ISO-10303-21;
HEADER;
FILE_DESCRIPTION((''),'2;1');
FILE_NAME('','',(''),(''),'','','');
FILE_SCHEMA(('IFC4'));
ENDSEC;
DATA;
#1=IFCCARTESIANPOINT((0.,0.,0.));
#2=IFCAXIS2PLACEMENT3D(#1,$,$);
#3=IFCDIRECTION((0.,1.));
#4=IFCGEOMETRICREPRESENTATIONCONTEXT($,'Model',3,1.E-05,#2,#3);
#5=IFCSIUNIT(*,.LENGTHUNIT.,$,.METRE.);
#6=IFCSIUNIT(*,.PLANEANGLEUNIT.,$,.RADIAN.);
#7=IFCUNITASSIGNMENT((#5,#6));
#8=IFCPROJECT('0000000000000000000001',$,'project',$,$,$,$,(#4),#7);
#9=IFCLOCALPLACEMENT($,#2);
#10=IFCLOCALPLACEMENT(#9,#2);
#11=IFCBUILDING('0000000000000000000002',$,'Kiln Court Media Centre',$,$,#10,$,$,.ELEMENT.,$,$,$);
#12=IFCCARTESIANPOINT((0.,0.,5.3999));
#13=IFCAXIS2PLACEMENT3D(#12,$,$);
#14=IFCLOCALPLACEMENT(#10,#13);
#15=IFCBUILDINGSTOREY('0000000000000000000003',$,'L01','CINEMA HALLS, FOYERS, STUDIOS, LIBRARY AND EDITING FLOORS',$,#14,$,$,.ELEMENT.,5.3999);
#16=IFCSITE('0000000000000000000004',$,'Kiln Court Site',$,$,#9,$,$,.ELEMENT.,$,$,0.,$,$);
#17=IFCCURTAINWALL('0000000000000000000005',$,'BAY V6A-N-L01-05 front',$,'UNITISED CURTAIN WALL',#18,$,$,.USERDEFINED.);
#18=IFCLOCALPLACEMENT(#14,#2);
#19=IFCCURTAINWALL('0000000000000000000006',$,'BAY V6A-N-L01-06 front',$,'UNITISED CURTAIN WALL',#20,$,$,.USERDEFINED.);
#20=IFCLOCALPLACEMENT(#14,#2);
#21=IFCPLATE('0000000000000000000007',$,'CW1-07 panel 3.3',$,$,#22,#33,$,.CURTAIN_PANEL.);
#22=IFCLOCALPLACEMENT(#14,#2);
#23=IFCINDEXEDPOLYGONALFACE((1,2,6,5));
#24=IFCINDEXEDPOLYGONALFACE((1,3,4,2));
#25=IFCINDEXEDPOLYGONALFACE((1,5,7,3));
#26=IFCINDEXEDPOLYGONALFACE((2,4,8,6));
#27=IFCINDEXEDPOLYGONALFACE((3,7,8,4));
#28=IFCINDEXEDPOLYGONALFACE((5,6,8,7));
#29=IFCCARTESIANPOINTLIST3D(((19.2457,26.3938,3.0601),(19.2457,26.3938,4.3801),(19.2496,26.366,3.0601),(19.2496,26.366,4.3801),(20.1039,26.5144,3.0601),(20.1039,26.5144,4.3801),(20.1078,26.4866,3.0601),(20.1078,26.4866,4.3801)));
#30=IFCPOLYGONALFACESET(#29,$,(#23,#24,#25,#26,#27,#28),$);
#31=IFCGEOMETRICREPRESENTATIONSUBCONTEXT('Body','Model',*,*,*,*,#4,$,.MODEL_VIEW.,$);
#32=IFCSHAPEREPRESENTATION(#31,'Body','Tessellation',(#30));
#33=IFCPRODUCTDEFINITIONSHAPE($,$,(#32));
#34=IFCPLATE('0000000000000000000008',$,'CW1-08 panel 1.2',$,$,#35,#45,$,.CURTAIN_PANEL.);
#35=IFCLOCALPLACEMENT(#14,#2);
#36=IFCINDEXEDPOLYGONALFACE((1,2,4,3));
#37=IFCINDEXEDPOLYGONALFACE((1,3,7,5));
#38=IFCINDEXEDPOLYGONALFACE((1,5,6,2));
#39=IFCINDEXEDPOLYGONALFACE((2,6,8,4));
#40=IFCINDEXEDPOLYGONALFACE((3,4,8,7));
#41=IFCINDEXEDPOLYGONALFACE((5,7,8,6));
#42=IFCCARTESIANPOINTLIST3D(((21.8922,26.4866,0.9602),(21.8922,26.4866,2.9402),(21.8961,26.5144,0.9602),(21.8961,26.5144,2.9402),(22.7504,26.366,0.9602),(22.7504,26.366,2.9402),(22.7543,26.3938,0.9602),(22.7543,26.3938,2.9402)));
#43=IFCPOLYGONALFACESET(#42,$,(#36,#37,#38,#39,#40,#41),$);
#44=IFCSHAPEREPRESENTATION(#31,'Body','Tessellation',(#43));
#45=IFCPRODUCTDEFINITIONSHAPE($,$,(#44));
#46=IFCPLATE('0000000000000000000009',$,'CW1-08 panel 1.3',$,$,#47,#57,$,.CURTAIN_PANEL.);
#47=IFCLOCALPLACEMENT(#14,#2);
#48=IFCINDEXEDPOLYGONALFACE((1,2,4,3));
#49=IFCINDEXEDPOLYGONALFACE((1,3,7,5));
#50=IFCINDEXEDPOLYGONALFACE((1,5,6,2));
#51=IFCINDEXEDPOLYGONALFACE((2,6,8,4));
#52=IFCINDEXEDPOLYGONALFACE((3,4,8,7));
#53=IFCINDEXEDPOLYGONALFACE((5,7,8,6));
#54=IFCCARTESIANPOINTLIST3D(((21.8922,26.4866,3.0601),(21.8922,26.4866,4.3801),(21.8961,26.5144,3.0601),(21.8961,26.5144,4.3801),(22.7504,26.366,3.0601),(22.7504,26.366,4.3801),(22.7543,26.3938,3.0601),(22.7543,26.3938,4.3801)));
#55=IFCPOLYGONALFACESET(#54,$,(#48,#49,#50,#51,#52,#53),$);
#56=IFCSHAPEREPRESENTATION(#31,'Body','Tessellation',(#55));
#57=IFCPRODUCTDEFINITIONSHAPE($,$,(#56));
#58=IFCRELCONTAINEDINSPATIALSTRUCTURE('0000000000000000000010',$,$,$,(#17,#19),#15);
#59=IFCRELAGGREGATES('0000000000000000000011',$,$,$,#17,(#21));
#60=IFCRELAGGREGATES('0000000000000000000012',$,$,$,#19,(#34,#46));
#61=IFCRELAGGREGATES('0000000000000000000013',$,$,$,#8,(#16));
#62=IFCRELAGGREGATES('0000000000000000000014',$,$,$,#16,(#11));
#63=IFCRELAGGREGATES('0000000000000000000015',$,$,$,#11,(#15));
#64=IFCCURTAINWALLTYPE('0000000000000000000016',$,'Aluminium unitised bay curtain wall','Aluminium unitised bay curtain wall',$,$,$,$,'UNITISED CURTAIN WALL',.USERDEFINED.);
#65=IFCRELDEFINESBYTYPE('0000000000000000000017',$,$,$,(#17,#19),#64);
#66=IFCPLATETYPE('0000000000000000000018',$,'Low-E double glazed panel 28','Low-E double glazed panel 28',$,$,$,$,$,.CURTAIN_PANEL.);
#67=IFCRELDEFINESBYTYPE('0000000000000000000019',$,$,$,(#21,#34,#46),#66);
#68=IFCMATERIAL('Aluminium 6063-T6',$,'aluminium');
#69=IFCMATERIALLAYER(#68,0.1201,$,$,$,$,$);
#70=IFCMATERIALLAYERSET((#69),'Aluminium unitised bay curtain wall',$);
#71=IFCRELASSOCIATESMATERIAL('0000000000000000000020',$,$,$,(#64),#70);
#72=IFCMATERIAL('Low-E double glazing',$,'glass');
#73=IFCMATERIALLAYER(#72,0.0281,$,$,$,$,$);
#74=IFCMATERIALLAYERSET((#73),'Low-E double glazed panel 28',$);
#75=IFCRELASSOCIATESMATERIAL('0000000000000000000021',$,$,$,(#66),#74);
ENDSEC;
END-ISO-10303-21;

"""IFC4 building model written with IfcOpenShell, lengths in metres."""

from ifc_helpers import new_model, si_unit, direction, frame, origin, origin_2d, place, context, subcontext, project, spatial, rectangle, extrude, material, layer, layer_set, type_object, element, aggregate, save


model = new_model("IFC4")

# Units and contexts
model_context = context("Model", 3, precision=1e-05, world=origin(), true_north=direction((0.0, 1.0)))
body_context = subcontext(model_context, "Body", "Model", "MODEL_VIEW")
ifc_project = project(units=[si_unit("LENGTHUNIT", "METRE"), si_unit("PLANEANGLEUNIT", "RADIAN")], contexts=[model_context])

# Site, building, storey
site_placement = place(None, origin())
site = spatial("IfcSite", under=ifc_project, at=site_placement, Name="Kiln Court Site", CompositionType="ELEMENT", RefElevation=0.0)
building_placement = place(site_placement, origin())
building = spatial("IfcBuilding", under=site, at=building_placement, Name="Kiln Court Media Centre", CompositionType="ELEMENT")
storey_placement = place(building_placement, frame((0.0, 0.0, 5.3999)))
storey = spatial("IfcBuildingStorey", under=building, at=storey_placement, Name="L01", Description="CINEMA HALLS, FOYERS, STUDIOS, LIBRARY AND EDITING FLOORS", CompositionType="ELEMENT", Elevation=5.3999)

# Shared definitions
ifc_material_1 = material(Name="Aluminium 6063-T6", Category="aluminium")
ifc_layer_1 = layer(ifc_material_1, 0.1201)
ifc_layer_set_1 = layer_set([ifc_layer_1], Name="Aluminium unitised bay curtain wall")
curtain_wall_type = type_object("IfcCurtainWallType", Name="Aluminium unitised bay curtain wall", Description="Aluminium unitised bay curtain wall", ElementType="UNITISED CURTAIN WALL", PredefinedType="USERDEFINED", material=ifc_layer_set_1)

# Curtain walls
curtain_wall_1_placement = place(storey_placement, origin())
curtain_wall_1 = element("IfcCurtainWall", 1, at=curtain_wall_1_placement, inside=storey, type_object=curtain_wall_type, Name="BAY V6A-N-L01-05 front", ObjectType="UNITISED CURTAIN WALL", PredefinedType="USERDEFINED")
curtain_wall_2_placement = place(storey_placement, origin())
curtain_wall_2 = element("IfcCurtainWall", 2, at=curtain_wall_2_placement, inside=storey, type_object=curtain_wall_type, Name="BAY V6A-N-L01-06 front", ObjectType="UNITISED CURTAIN WALL", PredefinedType="USERDEFINED")

# Plates
ifc_material_2 = material(Name="Low-E double glazing", Category="glass")
ifc_layer_2 = layer(ifc_material_2, 0.0281)
ifc_layer_set_2 = layer_set([ifc_layer_2], Name="Low-E double glazed panel 28")
plate_type_1 = type_object("IfcPlateType", Name="Low-E double glazed panel 28", Description="Low-E double glazed panel 28", PredefinedType="CURTAIN_PANEL", material=ifc_layer_set_2)
plate_1_placement = place(storey_placement, frame((19.6768, 26.4402, 3.0601), z_axis=(0.0, 0.0, 1.0), x_axis=(0.99027, 0.139162, 0.0)))
plate_1 = element("IfcPlate", 3, at=plate_1_placement, type_object=plate_type_1, Name="CW1-07 panel 3.3", PredefinedType="CURTAIN_PANEL", context=body_context, shape_type="SweptSolid", body=[
    extrude(rectangle(XDim=0.8667, YDim=0.0281, at=origin_2d()), origin(), (0.0, 0.0, 1.0), 1.3201),
])
aggregate(curtain_wall_1, [plate_1])
plate_2_placement = place(storey_placement, frame((22.3232, 26.4402, 0.9602), z_axis=(0.0, 0.0, 1.0), x_axis=(0.99027, -0.139162, 0.0)))
plate_2 = element("IfcPlate", 4, at=plate_2_placement, type_object=plate_type_1, Name="CW1-08 panel 1.2", PredefinedType="CURTAIN_PANEL", context=body_context, shape_type="SweptSolid", body=[
    extrude(rectangle(XDim=0.8667, YDim=0.0281, at=origin_2d()), origin(), (0.0, 0.0, 1.0), 1.98),
])
plate_3_placement = place(storey_placement, frame((22.3232, 26.4402, 3.0601), z_axis=(0.0, 0.0, 1.0), x_axis=(0.99027, -0.139162, 0.0)))
plate_3 = element("IfcPlate", 5, at=plate_3_placement, type_object=plate_type_1, Name="CW1-08 panel 1.3", PredefinedType="CURTAIN_PANEL", context=body_context, shape_type="SweptSolid", body=[
    extrude(rectangle(XDim=0.8667, YDim=0.0281, at=origin_2d()), origin(), (0.0, 0.0, 1.0), 1.3201),
])
aggregate(curtain_wall_2, [plate_2, plate_3])

save(model, "model.ifc")
